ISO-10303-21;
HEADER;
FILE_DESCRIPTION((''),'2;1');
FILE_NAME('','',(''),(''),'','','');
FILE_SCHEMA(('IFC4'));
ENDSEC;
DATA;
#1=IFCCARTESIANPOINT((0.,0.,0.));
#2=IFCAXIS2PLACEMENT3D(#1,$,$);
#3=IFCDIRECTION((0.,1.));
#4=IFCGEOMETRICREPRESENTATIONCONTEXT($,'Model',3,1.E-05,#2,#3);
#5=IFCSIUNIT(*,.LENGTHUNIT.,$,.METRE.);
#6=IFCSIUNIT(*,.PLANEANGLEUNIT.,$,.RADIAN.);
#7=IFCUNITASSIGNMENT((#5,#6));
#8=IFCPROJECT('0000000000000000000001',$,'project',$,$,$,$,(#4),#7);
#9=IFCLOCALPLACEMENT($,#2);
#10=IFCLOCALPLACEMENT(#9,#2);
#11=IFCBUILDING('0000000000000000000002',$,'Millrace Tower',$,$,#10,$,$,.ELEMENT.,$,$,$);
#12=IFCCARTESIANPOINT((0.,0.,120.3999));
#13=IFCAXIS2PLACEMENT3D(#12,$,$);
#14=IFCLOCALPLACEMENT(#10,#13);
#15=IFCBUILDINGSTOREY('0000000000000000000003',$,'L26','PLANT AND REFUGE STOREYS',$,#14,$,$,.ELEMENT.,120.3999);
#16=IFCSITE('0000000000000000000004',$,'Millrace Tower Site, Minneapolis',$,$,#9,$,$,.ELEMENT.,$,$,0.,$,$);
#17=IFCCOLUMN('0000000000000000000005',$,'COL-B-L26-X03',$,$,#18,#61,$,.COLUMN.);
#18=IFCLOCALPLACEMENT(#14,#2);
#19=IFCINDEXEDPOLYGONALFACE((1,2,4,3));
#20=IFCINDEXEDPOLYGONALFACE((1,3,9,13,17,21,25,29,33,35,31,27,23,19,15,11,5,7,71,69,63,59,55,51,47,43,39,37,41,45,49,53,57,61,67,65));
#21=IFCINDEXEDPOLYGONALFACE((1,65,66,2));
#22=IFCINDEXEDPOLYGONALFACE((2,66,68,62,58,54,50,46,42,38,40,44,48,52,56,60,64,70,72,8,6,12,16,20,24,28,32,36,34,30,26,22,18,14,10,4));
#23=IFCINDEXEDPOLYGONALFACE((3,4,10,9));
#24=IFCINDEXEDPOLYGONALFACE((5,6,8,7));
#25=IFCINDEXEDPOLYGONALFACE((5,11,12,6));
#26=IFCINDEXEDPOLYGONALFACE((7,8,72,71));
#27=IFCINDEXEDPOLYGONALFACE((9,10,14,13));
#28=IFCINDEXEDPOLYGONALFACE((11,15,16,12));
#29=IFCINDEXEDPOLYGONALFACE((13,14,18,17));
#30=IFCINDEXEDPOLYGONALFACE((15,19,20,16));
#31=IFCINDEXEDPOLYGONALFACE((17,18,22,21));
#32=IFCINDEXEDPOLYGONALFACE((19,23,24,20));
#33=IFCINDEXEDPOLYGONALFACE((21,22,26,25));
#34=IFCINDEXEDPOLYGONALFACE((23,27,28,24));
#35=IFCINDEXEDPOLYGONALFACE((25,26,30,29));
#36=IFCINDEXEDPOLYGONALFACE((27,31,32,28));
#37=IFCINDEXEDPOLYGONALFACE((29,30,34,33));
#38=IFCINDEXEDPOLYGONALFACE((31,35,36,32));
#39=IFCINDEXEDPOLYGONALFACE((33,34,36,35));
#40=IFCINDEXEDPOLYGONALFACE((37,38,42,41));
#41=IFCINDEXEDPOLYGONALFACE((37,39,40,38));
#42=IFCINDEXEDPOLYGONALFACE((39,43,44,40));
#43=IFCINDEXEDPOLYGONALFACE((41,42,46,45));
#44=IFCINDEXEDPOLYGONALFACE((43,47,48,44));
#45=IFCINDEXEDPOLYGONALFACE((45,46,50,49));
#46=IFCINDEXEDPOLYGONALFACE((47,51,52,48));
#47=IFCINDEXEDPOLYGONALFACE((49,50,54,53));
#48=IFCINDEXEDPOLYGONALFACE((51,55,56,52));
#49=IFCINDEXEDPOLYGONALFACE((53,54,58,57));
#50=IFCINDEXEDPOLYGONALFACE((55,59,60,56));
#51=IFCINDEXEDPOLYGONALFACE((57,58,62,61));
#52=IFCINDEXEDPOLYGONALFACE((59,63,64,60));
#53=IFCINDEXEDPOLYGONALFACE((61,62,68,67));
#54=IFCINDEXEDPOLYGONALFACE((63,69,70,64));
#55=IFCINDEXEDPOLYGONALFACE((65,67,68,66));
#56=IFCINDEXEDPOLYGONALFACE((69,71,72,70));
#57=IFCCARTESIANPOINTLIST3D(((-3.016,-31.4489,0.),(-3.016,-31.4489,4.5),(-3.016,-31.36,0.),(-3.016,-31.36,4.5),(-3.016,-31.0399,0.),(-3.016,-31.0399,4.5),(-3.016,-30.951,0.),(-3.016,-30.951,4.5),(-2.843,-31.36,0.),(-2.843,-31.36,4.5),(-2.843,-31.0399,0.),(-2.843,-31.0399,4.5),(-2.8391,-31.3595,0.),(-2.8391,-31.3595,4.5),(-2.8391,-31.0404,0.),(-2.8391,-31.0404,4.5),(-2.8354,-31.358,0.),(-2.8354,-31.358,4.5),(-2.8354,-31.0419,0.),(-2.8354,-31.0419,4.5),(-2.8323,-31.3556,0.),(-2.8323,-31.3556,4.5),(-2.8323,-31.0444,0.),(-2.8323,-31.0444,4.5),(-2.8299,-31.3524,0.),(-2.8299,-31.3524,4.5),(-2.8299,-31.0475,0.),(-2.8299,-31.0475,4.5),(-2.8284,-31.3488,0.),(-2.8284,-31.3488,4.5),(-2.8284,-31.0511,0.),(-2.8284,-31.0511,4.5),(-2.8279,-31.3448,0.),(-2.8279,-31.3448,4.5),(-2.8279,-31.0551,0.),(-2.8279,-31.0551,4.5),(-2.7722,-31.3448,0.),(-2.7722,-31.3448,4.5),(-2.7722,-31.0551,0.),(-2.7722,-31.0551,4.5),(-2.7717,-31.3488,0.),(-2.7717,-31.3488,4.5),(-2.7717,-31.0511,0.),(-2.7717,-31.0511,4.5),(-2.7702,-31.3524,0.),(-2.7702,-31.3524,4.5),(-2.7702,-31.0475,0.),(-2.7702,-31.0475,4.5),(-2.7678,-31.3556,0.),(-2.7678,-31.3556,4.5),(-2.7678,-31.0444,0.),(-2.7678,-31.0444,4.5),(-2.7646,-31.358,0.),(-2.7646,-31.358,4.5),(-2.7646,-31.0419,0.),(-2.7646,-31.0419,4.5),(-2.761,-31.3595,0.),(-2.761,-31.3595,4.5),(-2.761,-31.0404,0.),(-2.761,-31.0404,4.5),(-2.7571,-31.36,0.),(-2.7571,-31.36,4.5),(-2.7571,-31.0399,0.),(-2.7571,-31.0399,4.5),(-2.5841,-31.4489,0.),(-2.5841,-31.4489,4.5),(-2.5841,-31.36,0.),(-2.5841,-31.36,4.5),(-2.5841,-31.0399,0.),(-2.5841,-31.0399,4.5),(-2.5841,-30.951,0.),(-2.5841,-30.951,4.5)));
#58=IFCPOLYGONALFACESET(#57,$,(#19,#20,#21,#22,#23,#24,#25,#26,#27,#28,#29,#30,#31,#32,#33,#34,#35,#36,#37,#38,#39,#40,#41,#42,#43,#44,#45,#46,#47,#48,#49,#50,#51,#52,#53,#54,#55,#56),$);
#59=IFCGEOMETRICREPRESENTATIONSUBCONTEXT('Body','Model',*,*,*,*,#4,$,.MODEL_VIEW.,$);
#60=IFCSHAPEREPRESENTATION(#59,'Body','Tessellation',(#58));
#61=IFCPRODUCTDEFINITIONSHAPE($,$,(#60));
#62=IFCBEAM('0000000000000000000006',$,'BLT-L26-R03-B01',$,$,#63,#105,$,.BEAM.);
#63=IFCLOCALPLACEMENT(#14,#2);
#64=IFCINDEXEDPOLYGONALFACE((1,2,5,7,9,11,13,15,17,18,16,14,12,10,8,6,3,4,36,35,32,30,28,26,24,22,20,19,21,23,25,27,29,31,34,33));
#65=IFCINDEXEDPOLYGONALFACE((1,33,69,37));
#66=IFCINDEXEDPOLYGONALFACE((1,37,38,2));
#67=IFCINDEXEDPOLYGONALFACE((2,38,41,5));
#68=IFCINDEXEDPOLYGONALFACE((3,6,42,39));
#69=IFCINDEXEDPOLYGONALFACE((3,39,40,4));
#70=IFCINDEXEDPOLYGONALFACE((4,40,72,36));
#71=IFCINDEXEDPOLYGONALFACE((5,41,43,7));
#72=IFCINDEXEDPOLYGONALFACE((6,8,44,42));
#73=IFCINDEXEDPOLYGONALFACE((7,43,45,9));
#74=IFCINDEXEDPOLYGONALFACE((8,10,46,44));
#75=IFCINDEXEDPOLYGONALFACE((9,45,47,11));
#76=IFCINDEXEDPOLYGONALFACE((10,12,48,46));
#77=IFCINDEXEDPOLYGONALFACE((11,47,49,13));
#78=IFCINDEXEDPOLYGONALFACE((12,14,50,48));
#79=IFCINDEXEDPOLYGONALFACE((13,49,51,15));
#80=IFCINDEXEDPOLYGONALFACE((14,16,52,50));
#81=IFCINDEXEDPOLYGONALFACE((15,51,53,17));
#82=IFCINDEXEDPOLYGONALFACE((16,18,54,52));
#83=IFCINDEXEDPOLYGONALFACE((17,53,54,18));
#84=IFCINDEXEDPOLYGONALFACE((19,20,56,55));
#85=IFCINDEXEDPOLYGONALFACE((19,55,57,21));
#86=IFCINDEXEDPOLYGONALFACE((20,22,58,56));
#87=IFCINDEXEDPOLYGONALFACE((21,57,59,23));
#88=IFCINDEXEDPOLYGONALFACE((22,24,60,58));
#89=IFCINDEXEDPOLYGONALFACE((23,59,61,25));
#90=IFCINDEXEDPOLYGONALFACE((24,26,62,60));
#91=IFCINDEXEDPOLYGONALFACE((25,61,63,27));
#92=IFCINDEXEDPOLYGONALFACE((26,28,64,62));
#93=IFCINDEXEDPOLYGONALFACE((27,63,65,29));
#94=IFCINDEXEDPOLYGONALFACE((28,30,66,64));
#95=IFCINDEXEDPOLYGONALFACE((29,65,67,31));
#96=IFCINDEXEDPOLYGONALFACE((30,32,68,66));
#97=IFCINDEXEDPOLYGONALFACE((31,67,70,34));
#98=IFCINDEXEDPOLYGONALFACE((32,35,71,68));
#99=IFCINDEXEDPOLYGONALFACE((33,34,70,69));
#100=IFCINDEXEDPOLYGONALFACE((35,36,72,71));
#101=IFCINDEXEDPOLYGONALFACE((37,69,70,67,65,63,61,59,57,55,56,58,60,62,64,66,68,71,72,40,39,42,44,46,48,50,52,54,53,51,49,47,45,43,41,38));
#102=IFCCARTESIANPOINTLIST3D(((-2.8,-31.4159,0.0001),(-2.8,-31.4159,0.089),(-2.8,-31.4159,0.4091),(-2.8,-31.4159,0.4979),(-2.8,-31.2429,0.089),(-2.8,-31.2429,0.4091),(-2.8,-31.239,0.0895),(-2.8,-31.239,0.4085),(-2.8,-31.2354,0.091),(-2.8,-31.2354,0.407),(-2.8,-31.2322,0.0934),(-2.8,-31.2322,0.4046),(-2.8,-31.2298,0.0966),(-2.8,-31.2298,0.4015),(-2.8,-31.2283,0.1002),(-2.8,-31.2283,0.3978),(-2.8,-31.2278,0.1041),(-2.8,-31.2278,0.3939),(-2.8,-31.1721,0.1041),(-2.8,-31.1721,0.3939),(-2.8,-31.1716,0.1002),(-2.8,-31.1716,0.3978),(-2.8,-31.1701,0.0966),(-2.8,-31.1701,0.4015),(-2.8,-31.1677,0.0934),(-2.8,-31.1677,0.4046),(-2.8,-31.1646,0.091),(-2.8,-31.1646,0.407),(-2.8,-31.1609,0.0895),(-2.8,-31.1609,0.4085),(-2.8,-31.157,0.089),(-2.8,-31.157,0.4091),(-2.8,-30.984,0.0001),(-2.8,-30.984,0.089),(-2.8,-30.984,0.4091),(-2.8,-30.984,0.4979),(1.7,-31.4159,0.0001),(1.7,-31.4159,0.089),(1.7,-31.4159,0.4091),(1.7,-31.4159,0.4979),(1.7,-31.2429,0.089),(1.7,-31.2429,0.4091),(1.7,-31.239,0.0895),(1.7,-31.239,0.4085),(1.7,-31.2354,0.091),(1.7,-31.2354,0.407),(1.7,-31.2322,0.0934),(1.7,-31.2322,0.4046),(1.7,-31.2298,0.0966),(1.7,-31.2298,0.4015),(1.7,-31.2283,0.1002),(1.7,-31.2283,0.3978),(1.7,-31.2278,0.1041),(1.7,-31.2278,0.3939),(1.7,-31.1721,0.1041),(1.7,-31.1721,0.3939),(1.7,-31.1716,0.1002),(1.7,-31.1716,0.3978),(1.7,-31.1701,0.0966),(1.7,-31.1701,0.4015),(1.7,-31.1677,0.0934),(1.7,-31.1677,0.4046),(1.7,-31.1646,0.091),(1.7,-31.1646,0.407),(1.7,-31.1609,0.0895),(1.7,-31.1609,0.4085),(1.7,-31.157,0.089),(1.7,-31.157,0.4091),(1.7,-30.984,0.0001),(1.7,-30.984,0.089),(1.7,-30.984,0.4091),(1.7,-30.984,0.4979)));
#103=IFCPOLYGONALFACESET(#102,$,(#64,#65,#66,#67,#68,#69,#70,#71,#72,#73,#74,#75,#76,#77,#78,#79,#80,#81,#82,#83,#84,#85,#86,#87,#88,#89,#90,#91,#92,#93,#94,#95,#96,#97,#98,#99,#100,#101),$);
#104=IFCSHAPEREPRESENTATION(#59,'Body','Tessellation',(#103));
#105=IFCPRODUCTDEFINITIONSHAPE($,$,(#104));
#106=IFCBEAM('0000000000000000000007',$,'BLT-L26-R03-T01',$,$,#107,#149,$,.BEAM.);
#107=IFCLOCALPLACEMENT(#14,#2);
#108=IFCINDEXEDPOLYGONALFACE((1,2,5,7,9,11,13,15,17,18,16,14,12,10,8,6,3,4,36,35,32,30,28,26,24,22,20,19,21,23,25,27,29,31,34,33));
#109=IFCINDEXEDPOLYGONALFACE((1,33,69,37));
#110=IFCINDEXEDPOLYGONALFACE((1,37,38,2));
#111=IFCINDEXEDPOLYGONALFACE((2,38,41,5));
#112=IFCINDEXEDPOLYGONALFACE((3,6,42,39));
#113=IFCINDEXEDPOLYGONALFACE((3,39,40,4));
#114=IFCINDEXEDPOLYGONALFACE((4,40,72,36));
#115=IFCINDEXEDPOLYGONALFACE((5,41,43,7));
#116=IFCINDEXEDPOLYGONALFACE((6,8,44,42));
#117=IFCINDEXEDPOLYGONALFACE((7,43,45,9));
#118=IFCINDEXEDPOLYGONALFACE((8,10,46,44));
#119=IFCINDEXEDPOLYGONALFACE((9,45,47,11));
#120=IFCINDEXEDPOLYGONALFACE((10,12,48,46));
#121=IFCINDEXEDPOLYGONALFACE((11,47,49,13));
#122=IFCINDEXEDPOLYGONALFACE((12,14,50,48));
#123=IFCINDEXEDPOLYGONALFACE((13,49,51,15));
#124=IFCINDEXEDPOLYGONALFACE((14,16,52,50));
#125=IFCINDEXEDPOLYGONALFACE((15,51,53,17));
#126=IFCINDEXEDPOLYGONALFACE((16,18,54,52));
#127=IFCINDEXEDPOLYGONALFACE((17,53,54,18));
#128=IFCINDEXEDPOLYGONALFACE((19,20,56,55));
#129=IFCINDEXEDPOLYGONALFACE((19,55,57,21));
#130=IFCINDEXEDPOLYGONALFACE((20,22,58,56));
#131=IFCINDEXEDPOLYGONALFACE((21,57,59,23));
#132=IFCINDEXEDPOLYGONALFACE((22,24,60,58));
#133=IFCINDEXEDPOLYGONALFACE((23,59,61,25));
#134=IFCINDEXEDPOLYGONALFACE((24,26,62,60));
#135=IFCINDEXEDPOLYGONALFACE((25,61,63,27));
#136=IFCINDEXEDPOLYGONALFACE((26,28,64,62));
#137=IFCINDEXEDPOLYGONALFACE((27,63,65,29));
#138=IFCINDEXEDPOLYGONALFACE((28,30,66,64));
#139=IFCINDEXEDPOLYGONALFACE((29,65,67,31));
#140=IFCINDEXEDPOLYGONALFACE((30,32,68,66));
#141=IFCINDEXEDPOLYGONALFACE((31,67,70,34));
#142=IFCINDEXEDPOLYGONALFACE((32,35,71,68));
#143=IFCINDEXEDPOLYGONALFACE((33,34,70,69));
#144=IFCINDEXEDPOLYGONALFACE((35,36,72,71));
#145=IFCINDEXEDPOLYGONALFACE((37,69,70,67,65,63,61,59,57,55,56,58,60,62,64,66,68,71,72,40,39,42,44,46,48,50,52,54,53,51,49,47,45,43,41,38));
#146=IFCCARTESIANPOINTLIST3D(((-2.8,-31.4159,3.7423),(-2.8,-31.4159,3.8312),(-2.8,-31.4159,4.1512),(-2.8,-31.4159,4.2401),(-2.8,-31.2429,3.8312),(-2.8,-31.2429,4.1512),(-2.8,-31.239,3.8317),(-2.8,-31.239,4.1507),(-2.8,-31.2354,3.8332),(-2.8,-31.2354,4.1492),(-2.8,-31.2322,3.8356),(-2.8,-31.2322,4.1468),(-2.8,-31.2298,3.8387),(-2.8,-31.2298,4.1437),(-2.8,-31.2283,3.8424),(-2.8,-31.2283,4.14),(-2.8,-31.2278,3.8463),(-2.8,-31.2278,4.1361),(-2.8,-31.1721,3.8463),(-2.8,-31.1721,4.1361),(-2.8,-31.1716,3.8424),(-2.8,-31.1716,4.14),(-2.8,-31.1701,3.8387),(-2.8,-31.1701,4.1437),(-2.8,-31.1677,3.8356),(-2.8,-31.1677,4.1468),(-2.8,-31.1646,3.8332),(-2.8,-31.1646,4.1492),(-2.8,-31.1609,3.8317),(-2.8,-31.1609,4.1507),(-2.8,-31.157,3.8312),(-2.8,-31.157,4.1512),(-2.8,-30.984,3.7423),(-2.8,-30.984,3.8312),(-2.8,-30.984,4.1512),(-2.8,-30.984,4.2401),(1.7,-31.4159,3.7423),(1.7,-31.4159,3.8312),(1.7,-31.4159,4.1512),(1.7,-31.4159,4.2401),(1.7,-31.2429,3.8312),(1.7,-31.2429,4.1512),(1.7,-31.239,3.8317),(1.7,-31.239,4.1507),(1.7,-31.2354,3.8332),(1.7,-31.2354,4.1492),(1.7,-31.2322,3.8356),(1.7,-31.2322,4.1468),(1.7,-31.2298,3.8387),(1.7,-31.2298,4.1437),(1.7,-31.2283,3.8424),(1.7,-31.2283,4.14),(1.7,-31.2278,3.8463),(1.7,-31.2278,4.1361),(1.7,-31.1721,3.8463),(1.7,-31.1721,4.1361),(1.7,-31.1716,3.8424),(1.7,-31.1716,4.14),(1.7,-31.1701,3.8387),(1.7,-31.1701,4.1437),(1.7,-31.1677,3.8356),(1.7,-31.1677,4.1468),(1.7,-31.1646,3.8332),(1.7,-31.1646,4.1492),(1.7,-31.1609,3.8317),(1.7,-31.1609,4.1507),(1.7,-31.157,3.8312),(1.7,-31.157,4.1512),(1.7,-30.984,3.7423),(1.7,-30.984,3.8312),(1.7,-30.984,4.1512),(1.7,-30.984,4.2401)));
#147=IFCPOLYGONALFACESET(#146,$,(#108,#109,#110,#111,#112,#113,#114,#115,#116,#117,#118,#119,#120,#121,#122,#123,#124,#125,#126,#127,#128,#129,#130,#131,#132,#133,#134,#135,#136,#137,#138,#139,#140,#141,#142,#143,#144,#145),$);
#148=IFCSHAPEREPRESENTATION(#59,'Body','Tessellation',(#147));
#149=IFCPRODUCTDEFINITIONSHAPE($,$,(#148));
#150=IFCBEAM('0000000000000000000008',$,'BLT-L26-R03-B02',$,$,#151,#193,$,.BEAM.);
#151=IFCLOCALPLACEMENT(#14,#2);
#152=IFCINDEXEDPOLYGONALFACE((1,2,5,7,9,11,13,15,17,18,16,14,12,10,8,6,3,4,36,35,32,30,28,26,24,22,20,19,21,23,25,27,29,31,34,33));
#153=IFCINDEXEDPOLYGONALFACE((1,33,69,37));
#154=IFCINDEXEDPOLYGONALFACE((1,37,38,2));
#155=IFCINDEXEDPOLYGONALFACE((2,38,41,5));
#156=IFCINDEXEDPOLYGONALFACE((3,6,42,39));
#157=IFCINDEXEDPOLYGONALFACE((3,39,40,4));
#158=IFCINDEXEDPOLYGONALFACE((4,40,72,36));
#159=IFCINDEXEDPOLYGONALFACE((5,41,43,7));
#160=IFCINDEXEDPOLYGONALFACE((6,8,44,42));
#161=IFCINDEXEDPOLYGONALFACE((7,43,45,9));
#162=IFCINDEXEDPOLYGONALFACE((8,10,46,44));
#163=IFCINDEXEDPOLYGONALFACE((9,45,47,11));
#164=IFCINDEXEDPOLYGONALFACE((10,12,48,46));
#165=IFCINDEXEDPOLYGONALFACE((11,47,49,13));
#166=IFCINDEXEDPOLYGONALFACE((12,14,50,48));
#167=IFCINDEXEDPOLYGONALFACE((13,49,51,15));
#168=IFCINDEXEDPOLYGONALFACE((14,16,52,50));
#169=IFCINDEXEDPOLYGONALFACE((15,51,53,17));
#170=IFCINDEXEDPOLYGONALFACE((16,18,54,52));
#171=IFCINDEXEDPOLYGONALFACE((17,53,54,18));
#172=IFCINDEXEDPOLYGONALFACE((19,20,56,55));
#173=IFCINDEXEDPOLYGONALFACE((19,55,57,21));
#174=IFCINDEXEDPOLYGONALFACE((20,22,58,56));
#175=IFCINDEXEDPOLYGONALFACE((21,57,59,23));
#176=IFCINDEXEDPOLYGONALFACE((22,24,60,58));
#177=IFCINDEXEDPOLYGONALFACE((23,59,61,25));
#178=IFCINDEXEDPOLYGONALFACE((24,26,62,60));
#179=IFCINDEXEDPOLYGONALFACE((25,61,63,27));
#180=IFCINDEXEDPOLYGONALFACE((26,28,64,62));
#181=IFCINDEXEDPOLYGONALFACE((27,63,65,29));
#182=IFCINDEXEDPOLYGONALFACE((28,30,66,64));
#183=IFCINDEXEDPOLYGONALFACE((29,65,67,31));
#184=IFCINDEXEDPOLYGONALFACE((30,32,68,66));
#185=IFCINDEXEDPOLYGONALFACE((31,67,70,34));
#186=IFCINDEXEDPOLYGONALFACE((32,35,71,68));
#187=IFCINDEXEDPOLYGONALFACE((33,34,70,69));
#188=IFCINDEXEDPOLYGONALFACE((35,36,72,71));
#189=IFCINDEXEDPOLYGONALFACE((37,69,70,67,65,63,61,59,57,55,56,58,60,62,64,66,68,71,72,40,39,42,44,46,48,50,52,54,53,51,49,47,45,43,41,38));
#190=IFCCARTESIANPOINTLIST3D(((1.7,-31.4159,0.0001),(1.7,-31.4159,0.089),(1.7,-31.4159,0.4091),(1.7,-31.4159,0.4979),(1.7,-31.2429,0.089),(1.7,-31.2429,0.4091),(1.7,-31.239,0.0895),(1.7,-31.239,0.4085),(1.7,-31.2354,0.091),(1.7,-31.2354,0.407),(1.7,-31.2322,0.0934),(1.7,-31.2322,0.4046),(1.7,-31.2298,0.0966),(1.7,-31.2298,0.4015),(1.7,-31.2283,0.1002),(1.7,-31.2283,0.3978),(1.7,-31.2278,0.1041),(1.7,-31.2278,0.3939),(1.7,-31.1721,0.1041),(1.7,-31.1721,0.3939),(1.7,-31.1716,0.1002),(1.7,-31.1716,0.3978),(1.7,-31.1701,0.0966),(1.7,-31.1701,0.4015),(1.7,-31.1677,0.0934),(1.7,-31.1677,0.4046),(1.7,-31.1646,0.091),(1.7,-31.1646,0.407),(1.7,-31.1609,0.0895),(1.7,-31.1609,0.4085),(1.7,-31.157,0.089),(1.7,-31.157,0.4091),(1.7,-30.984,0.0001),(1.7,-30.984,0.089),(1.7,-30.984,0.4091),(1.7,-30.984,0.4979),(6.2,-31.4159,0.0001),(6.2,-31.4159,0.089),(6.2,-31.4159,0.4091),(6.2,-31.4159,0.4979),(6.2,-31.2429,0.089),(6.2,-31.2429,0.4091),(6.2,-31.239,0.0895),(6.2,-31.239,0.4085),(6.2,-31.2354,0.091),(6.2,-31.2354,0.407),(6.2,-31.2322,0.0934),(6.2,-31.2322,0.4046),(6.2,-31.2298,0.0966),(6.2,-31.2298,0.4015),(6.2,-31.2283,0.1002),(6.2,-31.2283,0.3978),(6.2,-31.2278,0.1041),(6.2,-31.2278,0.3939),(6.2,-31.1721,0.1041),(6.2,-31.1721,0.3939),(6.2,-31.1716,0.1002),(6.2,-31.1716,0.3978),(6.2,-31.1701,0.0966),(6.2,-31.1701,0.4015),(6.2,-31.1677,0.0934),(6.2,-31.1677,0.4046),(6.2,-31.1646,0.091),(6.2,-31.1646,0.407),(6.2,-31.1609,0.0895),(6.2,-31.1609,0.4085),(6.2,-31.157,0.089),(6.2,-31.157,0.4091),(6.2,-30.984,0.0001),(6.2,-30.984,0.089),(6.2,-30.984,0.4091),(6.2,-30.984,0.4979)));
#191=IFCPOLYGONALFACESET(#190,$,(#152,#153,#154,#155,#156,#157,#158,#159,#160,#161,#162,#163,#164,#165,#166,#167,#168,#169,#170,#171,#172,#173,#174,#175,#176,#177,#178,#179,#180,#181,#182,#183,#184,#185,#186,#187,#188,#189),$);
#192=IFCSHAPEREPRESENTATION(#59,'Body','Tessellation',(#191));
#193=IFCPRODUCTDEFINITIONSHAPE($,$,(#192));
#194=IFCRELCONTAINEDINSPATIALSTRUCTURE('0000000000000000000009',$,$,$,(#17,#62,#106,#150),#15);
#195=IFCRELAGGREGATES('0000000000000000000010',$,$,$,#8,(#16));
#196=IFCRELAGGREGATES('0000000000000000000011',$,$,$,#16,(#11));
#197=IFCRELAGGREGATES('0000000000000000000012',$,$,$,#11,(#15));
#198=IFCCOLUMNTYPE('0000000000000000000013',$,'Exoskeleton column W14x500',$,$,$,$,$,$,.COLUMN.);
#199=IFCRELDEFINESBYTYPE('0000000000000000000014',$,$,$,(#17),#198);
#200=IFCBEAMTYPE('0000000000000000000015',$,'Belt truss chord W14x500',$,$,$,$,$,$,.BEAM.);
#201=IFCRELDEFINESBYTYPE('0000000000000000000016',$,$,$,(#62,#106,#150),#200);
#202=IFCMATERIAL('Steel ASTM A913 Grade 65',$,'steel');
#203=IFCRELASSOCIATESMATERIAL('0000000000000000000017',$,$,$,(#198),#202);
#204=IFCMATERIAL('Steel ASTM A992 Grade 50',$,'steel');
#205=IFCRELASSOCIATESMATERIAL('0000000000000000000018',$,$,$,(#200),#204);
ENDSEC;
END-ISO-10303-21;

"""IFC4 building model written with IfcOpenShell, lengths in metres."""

from ifc_helpers import new_model, si_unit, direction, frame, origin, origin_2d, place, context, subcontext, project, spatial, i_section, extrude, material, material_profile, profile_set, type_object, element, save


model = new_model("IFC4")

# Units and contexts
model_context = context("Model", 3, precision=1e-05, world=origin(), true_north=direction((0.0, 1.0)))
body_context = subcontext(model_context, "Body", "Model", "MODEL_VIEW")
ifc_project = project(units=[si_unit("LENGTHUNIT", "METRE"), si_unit("PLANEANGLEUNIT", "RADIAN")], contexts=[model_context])

# Site, building, storey
site_placement = place(None, origin())
site = spatial("IfcSite", under=ifc_project, at=site_placement, Name="Millrace Tower Site, Minneapolis", CompositionType="ELEMENT", RefElevation=0.0)
building_placement = place(site_placement, origin())
building = spatial("IfcBuilding", under=site, at=building_placement, Name="Millrace Tower", CompositionType="ELEMENT")
storey_placement = place(building_placement, frame((0.0, 0.0, 120.3999)))
storey = spatial("IfcBuildingStorey", under=building, at=storey_placement, Name="L26", Description="PLANT AND REFUGE STOREYS", CompositionType="ELEMENT", Elevation=120.3999)

# Column
ifc_material_1 = material(Name="Steel ASTM A913 Grade 65", Category="steel")
ifc_material_profile_1 = material_profile(ifc_material_1, i_section(OverallWidth=0.4319, OverallDepth=0.4978, WebThickness=0.0557, FlangeThickness=0.0889, FilletRadius=0.0151, at=origin_2d()))
ifc_profile_set_1 = profile_set([ifc_material_profile_1], Name="Steel ASTM A913 Grade 65")
column_type = type_object("IfcColumnType", Name="Exoskeleton column W14x500", PredefinedType="COLUMN", material=ifc_profile_set_1)
column_placement = place(storey_placement, frame((-2.8, -31.2, 0.0), z_axis=(0.0, 0.0, 1.0), x_axis=(1.0, 0.0, 0.0)))
element("IfcColumn", 1, at=column_placement, inside=storey, type_object=column_type, Name="COL-B-L26-X03", PredefinedType="COLUMN", context=body_context, shape_type="SweptSolid", body=[
    extrude(i_section(OverallWidth=0.4319, OverallDepth=0.4978, WebThickness=0.0557, FlangeThickness=0.0889, FilletRadius=0.0151, at=origin_2d()), origin(), (0.0, 0.0, 1.0), 4.5),
])

# Beams
ifc_material_2 = material(Name="Steel ASTM A992 Grade 50", Category="steel")
ifc_material_profile_2 = material_profile(ifc_material_2, i_section(OverallWidth=0.4319, OverallDepth=0.4978, WebThickness=0.0557, FlangeThickness=0.0889, FilletRadius=0.0151, at=origin_2d()))
ifc_profile_set_2 = profile_set([ifc_material_profile_2], Name="Steel ASTM A992 Grade 50")
beam_type_1 = type_object("IfcBeamType", Name="Belt truss chord W14x500", PredefinedType="BEAM", material=ifc_profile_set_2)
for number, where, z_axis, x_axis, name in (
    (2, (-2.8, -31.2, 0.249), (1.0, 0.0, 0.0), (0.0, 1.0, 0.0), "BLT-L26-R03-B01"),
    (3, (-2.8, -31.2, 3.9912), (1.0, 0.0, 0.0), (0.0, 1.0, 0.0), "BLT-L26-R03-T01"),
    (4, (1.7, -31.2, 0.249), (1.0, 0.0, 0.0), (0.0, 1.0, 0.0), "BLT-L26-R03-B02"),
):
    element("IfcBeam", number, at=place(storey_placement, frame(where, z_axis=z_axis, x_axis=x_axis)), inside=storey, type_object=beam_type_1, Name=name, PredefinedType="BEAM", context=body_context, shape_type="SweptSolid", body=[
        extrude(i_section(OverallWidth=0.4319, OverallDepth=0.4978, WebThickness=0.0557, FlangeThickness=0.0889, FilletRadius=0.0151, at=origin_2d()), origin(), (0.0, 0.0, 1.0), 4.5),
    ])

save(model, "model.ifc")
